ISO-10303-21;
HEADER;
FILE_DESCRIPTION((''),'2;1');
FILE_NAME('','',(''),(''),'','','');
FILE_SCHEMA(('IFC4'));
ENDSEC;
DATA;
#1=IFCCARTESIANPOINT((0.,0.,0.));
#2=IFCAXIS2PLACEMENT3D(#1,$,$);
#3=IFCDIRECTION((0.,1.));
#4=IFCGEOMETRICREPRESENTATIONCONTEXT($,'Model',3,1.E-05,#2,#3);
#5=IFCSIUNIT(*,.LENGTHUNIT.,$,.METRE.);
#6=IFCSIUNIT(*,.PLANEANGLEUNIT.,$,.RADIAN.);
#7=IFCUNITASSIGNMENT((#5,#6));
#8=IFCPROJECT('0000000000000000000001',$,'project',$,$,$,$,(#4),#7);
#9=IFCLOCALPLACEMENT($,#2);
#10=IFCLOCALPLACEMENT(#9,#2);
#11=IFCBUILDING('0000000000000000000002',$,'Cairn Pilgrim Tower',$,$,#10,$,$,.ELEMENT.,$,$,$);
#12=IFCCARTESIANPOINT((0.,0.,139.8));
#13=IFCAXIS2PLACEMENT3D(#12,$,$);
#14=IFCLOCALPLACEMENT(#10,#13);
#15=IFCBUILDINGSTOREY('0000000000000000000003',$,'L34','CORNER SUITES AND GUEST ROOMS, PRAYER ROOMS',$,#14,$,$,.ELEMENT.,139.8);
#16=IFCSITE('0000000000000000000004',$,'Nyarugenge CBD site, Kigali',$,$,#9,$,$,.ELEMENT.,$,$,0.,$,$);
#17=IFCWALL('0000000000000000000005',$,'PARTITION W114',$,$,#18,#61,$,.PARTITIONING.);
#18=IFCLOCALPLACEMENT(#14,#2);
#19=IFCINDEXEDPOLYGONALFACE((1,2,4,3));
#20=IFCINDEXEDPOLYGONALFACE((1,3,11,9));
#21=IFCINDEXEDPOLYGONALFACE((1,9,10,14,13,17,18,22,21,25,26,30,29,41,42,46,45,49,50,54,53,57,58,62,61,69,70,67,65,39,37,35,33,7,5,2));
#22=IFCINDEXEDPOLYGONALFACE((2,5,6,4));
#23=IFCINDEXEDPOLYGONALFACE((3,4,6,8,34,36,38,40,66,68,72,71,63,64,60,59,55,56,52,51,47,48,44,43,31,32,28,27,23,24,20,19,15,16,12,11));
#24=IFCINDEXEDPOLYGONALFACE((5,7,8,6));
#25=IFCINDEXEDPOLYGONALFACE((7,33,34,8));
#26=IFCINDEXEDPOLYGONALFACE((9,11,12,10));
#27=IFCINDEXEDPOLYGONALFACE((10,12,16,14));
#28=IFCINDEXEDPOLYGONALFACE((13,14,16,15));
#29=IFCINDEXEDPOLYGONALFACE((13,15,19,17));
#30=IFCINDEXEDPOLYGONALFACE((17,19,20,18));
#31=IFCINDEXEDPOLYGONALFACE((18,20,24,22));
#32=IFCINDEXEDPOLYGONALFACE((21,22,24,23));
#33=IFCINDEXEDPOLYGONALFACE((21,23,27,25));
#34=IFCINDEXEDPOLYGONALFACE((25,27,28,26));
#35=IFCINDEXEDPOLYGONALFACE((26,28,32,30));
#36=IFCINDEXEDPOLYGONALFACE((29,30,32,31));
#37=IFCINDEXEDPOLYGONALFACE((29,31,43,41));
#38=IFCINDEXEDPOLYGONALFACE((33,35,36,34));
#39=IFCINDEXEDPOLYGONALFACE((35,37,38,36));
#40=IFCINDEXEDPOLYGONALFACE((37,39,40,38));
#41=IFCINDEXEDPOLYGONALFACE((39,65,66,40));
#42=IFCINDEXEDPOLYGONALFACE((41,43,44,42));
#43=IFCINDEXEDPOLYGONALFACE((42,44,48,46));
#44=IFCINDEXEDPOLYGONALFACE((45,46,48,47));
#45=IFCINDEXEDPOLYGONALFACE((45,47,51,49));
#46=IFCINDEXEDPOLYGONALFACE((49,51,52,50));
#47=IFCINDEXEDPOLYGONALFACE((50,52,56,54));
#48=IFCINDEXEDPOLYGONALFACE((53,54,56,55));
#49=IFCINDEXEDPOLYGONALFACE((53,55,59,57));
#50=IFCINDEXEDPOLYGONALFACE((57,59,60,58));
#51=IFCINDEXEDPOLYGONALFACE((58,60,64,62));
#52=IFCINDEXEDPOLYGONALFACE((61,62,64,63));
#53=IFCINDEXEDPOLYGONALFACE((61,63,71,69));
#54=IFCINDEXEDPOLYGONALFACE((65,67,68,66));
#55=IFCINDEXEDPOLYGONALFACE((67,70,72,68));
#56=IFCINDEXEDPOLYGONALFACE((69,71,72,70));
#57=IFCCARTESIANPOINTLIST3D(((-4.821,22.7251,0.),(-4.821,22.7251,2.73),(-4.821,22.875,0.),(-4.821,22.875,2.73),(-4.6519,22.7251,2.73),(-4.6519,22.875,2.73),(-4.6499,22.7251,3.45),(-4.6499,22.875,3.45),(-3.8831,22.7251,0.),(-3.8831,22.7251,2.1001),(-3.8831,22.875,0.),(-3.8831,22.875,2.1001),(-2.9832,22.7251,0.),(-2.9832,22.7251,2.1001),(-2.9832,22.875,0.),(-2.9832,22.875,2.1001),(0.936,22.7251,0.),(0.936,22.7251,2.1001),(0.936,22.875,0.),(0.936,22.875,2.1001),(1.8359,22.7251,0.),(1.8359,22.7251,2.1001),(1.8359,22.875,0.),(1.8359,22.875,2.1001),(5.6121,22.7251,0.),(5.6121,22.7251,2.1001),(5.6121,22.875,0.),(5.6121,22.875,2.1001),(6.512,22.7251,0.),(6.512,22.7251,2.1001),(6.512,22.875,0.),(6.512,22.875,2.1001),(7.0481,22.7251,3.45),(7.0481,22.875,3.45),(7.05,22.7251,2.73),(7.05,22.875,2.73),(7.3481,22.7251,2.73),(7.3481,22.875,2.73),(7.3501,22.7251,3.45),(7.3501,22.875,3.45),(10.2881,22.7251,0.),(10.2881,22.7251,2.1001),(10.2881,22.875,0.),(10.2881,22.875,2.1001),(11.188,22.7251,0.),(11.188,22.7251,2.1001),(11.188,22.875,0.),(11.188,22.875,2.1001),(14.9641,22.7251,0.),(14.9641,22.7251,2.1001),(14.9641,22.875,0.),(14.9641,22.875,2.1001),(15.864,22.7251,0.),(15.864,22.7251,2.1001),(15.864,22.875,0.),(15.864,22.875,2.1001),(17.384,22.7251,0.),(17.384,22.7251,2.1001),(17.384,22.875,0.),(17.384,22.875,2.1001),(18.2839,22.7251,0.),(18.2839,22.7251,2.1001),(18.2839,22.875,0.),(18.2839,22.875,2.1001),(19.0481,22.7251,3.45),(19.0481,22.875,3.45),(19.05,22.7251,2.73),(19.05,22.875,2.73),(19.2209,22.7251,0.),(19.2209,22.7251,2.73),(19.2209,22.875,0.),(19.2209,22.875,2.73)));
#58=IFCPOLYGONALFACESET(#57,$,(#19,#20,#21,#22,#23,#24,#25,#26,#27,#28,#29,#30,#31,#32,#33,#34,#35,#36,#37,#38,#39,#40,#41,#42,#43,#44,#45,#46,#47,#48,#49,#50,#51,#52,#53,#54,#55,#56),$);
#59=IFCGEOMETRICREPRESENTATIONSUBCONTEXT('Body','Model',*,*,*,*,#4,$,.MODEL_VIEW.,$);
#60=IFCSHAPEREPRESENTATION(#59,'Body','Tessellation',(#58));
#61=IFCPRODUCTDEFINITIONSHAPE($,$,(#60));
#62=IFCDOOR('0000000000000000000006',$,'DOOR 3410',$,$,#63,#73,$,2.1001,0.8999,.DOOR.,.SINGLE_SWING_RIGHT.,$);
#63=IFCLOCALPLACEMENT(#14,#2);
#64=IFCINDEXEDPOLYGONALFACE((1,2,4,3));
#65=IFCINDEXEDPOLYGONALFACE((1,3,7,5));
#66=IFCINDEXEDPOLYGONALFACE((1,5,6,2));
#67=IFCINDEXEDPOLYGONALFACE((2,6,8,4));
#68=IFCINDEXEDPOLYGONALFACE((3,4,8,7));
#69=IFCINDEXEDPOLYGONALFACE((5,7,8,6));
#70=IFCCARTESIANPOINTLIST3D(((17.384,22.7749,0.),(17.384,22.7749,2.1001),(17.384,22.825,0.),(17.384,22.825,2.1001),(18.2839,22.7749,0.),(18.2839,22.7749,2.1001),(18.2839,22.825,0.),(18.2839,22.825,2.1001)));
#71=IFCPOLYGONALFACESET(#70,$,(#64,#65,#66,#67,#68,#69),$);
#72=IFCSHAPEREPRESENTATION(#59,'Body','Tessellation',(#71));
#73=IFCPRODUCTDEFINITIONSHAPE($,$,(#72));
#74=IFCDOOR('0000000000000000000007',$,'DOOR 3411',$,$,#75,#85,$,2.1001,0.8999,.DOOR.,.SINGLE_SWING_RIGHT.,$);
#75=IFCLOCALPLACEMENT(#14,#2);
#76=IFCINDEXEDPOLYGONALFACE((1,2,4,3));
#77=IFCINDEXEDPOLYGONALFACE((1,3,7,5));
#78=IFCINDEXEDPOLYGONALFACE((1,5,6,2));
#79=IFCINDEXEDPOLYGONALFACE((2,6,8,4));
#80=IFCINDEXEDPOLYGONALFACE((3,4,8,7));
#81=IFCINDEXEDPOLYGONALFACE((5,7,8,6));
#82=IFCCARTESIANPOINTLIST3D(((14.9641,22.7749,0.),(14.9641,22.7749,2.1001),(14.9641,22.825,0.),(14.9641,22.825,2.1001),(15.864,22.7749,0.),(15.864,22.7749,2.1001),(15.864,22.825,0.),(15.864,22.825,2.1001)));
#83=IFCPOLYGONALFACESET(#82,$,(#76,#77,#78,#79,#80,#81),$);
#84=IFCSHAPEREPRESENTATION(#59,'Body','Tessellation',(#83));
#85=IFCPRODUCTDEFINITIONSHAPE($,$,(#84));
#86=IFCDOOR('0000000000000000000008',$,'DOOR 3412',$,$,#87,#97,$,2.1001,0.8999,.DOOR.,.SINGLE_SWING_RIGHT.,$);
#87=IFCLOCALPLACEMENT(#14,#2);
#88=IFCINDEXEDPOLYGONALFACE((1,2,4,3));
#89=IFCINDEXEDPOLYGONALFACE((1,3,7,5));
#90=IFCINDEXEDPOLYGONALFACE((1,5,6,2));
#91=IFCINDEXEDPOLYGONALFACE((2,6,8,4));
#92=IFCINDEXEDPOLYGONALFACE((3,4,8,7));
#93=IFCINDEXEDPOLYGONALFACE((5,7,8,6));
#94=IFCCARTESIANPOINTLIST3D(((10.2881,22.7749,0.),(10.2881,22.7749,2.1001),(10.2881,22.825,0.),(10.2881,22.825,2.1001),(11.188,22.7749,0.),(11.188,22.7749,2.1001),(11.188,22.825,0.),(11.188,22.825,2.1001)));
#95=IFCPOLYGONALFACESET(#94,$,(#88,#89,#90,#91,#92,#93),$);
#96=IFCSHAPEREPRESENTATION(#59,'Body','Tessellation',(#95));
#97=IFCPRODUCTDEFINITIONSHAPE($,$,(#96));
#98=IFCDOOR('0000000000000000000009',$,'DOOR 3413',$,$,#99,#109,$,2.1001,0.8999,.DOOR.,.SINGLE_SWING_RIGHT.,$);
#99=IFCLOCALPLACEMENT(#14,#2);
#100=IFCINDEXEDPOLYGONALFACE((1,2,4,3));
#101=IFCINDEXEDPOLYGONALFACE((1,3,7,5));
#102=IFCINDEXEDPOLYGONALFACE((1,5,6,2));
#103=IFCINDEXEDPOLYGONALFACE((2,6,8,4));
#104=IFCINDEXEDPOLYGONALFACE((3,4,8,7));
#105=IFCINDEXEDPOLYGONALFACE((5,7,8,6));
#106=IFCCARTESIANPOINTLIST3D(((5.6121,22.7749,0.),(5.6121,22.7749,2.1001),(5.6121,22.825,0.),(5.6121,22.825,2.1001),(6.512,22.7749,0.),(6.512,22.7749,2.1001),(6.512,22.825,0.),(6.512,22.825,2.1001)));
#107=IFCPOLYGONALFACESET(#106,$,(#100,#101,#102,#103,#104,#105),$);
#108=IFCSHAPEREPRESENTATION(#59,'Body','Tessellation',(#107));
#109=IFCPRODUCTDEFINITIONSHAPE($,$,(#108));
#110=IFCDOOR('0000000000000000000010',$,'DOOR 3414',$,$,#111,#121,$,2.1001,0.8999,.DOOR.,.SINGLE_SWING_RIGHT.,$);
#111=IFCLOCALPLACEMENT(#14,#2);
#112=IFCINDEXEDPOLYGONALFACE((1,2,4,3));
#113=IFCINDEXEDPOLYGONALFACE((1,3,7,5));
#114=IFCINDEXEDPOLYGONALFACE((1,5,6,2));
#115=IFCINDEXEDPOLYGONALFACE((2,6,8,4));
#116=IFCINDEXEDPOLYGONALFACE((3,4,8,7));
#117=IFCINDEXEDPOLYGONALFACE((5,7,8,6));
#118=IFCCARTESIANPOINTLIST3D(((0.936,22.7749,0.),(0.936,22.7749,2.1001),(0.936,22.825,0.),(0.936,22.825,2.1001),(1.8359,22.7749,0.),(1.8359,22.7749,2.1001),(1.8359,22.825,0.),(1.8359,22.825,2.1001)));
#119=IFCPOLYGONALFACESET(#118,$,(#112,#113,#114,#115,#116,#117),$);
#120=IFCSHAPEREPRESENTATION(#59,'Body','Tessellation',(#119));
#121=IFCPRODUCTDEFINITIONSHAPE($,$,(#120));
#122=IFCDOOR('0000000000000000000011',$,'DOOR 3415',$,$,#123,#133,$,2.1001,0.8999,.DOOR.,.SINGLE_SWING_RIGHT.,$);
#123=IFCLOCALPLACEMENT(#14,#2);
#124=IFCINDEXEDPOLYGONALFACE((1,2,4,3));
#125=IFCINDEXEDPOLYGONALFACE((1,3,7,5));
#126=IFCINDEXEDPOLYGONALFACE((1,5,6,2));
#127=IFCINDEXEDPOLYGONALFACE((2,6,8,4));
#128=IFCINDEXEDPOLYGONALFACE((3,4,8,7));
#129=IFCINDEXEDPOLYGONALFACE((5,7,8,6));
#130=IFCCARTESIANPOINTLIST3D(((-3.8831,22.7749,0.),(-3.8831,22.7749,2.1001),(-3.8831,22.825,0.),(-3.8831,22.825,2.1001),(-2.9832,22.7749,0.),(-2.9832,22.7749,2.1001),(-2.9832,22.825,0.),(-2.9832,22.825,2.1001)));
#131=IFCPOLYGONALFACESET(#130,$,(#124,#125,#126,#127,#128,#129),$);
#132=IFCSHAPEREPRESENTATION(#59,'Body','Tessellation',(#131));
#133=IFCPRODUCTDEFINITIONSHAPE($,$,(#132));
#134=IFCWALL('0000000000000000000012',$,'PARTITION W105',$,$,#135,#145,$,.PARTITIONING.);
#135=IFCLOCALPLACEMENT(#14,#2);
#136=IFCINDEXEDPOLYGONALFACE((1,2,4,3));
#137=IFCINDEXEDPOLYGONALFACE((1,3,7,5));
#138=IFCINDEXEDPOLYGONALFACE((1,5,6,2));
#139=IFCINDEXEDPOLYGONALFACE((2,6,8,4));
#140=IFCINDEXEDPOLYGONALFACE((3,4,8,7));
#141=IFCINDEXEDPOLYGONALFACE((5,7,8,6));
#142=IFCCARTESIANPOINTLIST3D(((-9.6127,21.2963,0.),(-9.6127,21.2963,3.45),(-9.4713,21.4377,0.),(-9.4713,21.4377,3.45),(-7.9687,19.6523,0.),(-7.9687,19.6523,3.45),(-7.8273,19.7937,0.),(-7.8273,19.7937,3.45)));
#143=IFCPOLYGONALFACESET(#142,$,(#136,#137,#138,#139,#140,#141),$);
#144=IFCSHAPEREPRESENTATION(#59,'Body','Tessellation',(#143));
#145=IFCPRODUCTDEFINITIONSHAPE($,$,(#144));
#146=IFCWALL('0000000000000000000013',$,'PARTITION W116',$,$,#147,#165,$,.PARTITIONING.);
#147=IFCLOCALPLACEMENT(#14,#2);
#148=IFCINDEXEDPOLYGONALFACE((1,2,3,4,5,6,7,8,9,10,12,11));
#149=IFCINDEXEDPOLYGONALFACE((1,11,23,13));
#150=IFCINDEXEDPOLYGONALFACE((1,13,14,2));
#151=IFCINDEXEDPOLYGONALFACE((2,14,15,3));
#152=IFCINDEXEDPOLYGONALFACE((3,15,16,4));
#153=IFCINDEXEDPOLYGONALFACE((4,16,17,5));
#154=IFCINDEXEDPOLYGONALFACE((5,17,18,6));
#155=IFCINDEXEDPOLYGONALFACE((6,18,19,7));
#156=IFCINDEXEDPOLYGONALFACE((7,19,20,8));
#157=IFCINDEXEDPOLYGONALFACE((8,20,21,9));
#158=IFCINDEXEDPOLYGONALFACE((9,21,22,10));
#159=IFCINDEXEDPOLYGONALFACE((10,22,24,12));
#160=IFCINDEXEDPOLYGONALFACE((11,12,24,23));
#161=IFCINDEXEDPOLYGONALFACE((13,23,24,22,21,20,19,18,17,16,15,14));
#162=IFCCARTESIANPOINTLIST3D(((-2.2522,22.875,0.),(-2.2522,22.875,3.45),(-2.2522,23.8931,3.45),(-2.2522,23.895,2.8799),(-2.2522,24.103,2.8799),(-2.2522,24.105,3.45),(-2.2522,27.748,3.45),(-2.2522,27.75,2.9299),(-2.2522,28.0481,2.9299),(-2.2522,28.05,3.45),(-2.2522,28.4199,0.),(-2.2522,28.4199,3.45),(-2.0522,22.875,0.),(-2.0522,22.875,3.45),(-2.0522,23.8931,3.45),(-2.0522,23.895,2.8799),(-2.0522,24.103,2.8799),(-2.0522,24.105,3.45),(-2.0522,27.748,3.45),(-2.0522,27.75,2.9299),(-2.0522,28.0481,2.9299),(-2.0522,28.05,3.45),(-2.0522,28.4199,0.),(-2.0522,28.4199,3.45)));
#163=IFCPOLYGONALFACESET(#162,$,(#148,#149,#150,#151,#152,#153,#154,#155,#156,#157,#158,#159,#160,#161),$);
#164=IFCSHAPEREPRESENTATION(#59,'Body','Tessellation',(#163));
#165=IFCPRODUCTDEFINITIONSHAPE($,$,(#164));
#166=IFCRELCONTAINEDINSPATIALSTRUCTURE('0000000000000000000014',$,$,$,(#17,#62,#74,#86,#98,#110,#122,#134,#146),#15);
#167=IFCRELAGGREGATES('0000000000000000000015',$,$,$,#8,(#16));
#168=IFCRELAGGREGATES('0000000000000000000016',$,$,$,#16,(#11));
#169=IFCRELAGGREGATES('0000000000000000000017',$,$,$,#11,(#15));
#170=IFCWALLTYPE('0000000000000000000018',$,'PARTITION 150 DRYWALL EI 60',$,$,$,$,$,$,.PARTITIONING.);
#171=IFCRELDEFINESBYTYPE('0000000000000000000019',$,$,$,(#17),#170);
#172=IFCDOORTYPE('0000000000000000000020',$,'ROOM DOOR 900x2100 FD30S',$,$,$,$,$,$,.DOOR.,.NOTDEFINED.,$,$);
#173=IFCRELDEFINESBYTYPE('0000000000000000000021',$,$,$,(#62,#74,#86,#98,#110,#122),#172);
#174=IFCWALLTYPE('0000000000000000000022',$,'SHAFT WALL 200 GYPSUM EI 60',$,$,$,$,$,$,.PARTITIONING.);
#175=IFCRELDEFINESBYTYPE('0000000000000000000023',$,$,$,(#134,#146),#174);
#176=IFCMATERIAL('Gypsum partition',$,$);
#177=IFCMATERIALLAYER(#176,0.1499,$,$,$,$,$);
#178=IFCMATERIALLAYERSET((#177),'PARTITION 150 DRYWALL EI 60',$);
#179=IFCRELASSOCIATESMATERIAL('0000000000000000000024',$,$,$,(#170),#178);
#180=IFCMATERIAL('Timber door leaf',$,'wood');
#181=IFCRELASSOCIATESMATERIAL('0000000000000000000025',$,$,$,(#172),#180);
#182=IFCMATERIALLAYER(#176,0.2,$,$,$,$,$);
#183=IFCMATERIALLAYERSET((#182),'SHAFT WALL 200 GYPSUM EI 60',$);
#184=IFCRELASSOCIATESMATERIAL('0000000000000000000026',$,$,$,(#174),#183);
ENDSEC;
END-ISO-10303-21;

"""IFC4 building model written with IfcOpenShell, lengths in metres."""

from ifc_helpers import new_model, si_unit, direction, frame, frame_2d, origin, place, context, subcontext, project, spatial, polyline, rectangle, outline, extrude, material, layer, layer_set, type_object, element, fill, save


model = new_model("IFC4")

# Units and contexts
model_context = context("Model", 3, precision=1e-05, world=origin(), true_north=direction((0.0, 1.0)))
body_context = subcontext(model_context, "Body", "Model", "MODEL_VIEW")
ifc_project = project(units=[si_unit("LENGTHUNIT", "METRE"), si_unit("PLANEANGLEUNIT", "RADIAN")], contexts=[model_context])

# Site, building, storey
site_placement = place(None, origin())
site = spatial("IfcSite", under=ifc_project, at=site_placement, Name="Nyarugenge CBD site, Kigali", CompositionType="ELEMENT", RefElevation=0.0)
building_placement = place(site_placement, origin())
building = spatial("IfcBuilding", under=site, at=building_placement, Name="Cairn Pilgrim Tower", CompositionType="ELEMENT")
storey_placement = place(building_placement, frame((0.0, 0.0, 139.8)))
storey = spatial("IfcBuildingStorey", under=building, at=storey_placement, Name="L34", Description="CORNER SUITES AND GUEST ROOMS, PRAYER ROOMS", CompositionType="ELEMENT", Elevation=139.8)

# Shared definitions
ifc_material_1 = material(Name="Gypsum partition")
ifc_material_2 = material(Name="Timber door leaf", Category="wood")

# Shared definitions
ifc_layer_1 = layer(ifc_material_1, 0.1499)
ifc_layer_set_1 = layer_set([ifc_layer_1], Name="PARTITION 150 DRYWALL EI 60")
wall_type_1 = type_object("IfcWallType", Name="PARTITION 150 DRYWALL EI 60", PredefinedType="PARTITIONING", material=ifc_layer_set_1)

# Wall, openings, doors
wall_1_placement = place(storey_placement, frame((-4.821, 22.8, 0.0), z_axis=(0.0, 0.0, 1.0), x_axis=(1.0, 0.0, 0.0)))
wall_1 = element("IfcWall", 1, at=wall_1_placement, inside=storey, type_object=wall_type_1, Name="PARTITION W114", PredefinedType="PARTITIONING", context=body_context, shape_type="SweptSolid", body=[
    extrude(outline(polyline([(0.0, 0.0), (24.042, 0.0), (24.042, 2.73), (23.8711, 2.73), (23.8691, 3.45), (12.1711, 3.45), (12.1692, 2.73), (11.8711, 2.73), (11.8691, 3.45), (0.1711, 3.45), (0.1692, 2.73), (0.0, 2.73), (0.0, 0.0)])), frame((0.0, 0.075, 0.0), z_axis=(0.0, -1.0, 0.0), x_axis=(1.0, 0.0, 0.0)), (0.0, 0.0, 1.0), 0.1499),
])
opening_1_placement = place(wall_1_placement, frame((22.2051, 0.0, 0.0)))
opening_1 = element("IfcOpeningElement", 2, at=opening_1_placement, cuts=wall_1, PredefinedType="OPENING", context=body_context, shape_type="SweptSolid", body=[
    extrude(rectangle(XDim=0.8999, YDim=2.1001, at=frame_2d((0.45, 1.05))), frame((0.0, 0.085, 0.0), z_axis=(0.0, -1.0, 0.0), x_axis=(1.0, 0.0, 0.0)), (0.0, 0.0, 1.0), 0.1699),
])
opening_2_placement = place(wall_1_placement, frame((19.7852, 0.0, 0.0)))
opening_2 = element("IfcOpeningElement", 3, at=opening_2_placement, cuts=wall_1, PredefinedType="OPENING", context=body_context, shape_type="SweptSolid", body=[
    extrude(rectangle(XDim=0.8999, YDim=2.1001, at=frame_2d((0.45, 1.05))), frame((0.0, 0.085, 0.0), z_axis=(0.0, -1.0, 0.0), x_axis=(1.0, 0.0, 0.0)), (0.0, 0.0, 1.0), 0.1699),
])
opening_3_placement = place(wall_1_placement, frame((15.1091, 0.0, 0.0)))
opening_3 = element("IfcOpeningElement", 4, at=opening_3_placement, cuts=wall_1, PredefinedType="OPENING", context=body_context, shape_type="SweptSolid", body=[
    extrude(rectangle(XDim=0.8999, YDim=2.1001, at=frame_2d((0.45, 1.05))), frame((0.0, 0.085, 0.0), z_axis=(0.0, -1.0, 0.0), x_axis=(1.0, 0.0, 0.0)), (0.0, 0.0, 1.0), 0.1699),
])
opening_4_placement = place(wall_1_placement, frame((10.4331, 0.0, 0.0)))
opening_4 = element("IfcOpeningElement", 5, at=opening_4_placement, cuts=wall_1, PredefinedType="OPENING", context=body_context, shape_type="SweptSolid", body=[
    extrude(rectangle(XDim=0.8999, YDim=2.1001, at=frame_2d((0.45, 1.05))), frame((0.0, 0.085, 0.0), z_axis=(0.0, -1.0, 0.0), x_axis=(1.0, 0.0, 0.0)), (0.0, 0.0, 1.0), 0.1699),
])
opening_5_placement = place(wall_1_placement, frame((5.7571, 0.0, 0.0)))
opening_5 = element("IfcOpeningElement", 6, at=opening_5_placement, cuts=wall_1, PredefinedType="OPENING", context=body_context, shape_type="SweptSolid", body=[
    extrude(rectangle(XDim=0.8999, YDim=2.1001, at=frame_2d((0.45, 1.05))), frame((0.0, 0.085, 0.0), z_axis=(0.0, -1.0, 0.0), x_axis=(1.0, 0.0, 0.0)), (0.0, 0.0, 1.0), 0.1699),
])
opening_6_placement = place(wall_1_placement, frame((0.938, 0.0, 0.0)))
opening_6 = element("IfcOpeningElement", 7, at=opening_6_placement, cuts=wall_1, PredefinedType="OPENING", context=body_context, shape_type="SweptSolid", body=[
    extrude(rectangle(XDim=0.8999, YDim=2.1001, at=frame_2d((0.45, 1.05))), frame((0.0, 0.085, 0.0), z_axis=(0.0, -1.0, 0.0), x_axis=(1.0, 0.0, 0.0)), (0.0, 0.0, 1.0), 0.1699),
])
door_type_1 = type_object("IfcDoorType", Name="ROOM DOOR 900x2100 FD30S", OperationType="NOTDEFINED", PredefinedType="DOOR", material=ifc_material_2)
door_1_placement = place(opening_1_placement, origin())
door_1 = element("IfcDoor", 8, at=door_1_placement, inside=storey, type_object=door_type_1, Name="DOOR 3410", OperationType="SINGLE_SWING_RIGHT", OverallHeight=2.1001, OverallWidth=0.8999, PredefinedType="DOOR", context=body_context, shape_type="SweptSolid", body=[
    extrude(rectangle(XDim=0.8999, YDim=2.1001, at=frame_2d((0.45, 1.05))), frame((0.0, 0.0249, 0.0), z_axis=(0.0, -1.0, 0.0), x_axis=(1.0, 0.0, 0.0)), (0.0, 0.0, 1.0), 0.05),
])
fill(opening_1, door_1)
door_2_placement = place(opening_2_placement, origin())
door_2 = element("IfcDoor", 9, at=door_2_placement, inside=storey, type_object=door_type_1, Name="DOOR 3411", OperationType="SINGLE_SWING_RIGHT", OverallHeight=2.1001, OverallWidth=0.8999, PredefinedType="DOOR", context=body_context, shape_type="SweptSolid", body=[
    extrude(rectangle(XDim=0.8999, YDim=2.1001, at=frame_2d((0.45, 1.05))), frame((0.0, 0.0249, 0.0), z_axis=(0.0, -1.0, 0.0), x_axis=(1.0, 0.0, 0.0)), (0.0, 0.0, 1.0), 0.05),
])
fill(opening_2, door_2)
door_3_placement = place(opening_3_placement, origin())
door_3 = element("IfcDoor", 10, at=door_3_placement, inside=storey, type_object=door_type_1, Name="DOOR 3412", OperationType="SINGLE_SWING_RIGHT", OverallHeight=2.1001, OverallWidth=0.8999, PredefinedType="DOOR", context=body_context, shape_type="SweptSolid", body=[
    extrude(rectangle(XDim=0.8999, YDim=2.1001, at=frame_2d((0.45, 1.05))), frame((0.0, 0.0249, 0.0), z_axis=(0.0, -1.0, 0.0), x_axis=(1.0, 0.0, 0.0)), (0.0, 0.0, 1.0), 0.05),
])
fill(opening_3, door_3)
door_4_placement = place(opening_4_placement, origin())
door_4 = element("IfcDoor", 11, at=door_4_placement, inside=storey, type_object=door_type_1, Name="DOOR 3413", OperationType="SINGLE_SWING_RIGHT", OverallHeight=2.1001, OverallWidth=0.8999, PredefinedType="DOOR", context=body_context, shape_type="SweptSolid", body=[
    extrude(rectangle(XDim=0.8999, YDim=2.1001, at=frame_2d((0.45, 1.05))), frame((0.0, 0.0249, 0.0), z_axis=(0.0, -1.0, 0.0), x_axis=(1.0, 0.0, 0.0)), (0.0, 0.0, 1.0), 0.05),
])
fill(opening_4, door_4)
door_5_placement = place(opening_5_placement, origin())
door_5 = element("IfcDoor", 12, at=door_5_placement, inside=storey, type_object=door_type_1, Name="DOOR 3414", OperationType="SINGLE_SWING_RIGHT", OverallHeight=2.1001, OverallWidth=0.8999, PredefinedType="DOOR", context=body_context, shape_type="SweptSolid", body=[
    extrude(rectangle(XDim=0.8999, YDim=2.1001, at=frame_2d((0.45, 1.05))), frame((0.0, 0.0249, 0.0), z_axis=(0.0, -1.0, 0.0), x_axis=(1.0, 0.0, 0.0)), (0.0, 0.0, 1.0), 0.05),
])
fill(opening_5, door_5)
door_6_placement = place(opening_6_placement, origin())
door_6 = element("IfcDoor", 13, at=door_6_placement, inside=storey, type_object=door_type_1, Name="DOOR 3415", OperationType="SINGLE_SWING_RIGHT", OverallHeight=2.1001, OverallWidth=0.8999, PredefinedType="DOOR", context=body_context, shape_type="SweptSolid", body=[
    extrude(rectangle(XDim=0.8999, YDim=2.1001, at=frame_2d((0.45, 1.05))), frame((0.0, 0.0249, 0.0), z_axis=(0.0, -1.0, 0.0), x_axis=(1.0, 0.0, 0.0)), (0.0, 0.0, 1.0), 0.05),
])
fill(opening_6, door_6)

# Walls
ifc_layer_2 = layer(ifc_material_1, 0.2)
ifc_layer_set_2 = layer_set([ifc_layer_2], Name="SHAFT WALL 200 GYPSUM EI 60")
wall_type_2 = type_object("IfcWallType", Name="SHAFT WALL 200 GYPSUM EI 60", PredefinedType="PARTITIONING", material=ifc_layer_set_2)
wall_2_placement = place(storey_placement, frame((-7.8979, 19.7229, 0.0), z_axis=(0.0, 0.0, 1.0), x_axis=(-0.707107, 0.707107, 0.0)))
element("IfcWall", 14, at=wall_2_placement, inside=storey, type_object=wall_type_2, Name="PARTITION W105", PredefinedType="PARTITIONING", context=body_context, shape_type="SweptSolid", body=[
    extrude(rectangle(XDim=2.325, YDim=0.2, at=frame_2d((1.1626, 0.0))), origin(), (0.0, 0.0, 1.0), 3.45),
])
wall_3_placement = place(storey_placement, frame((-2.1521, 22.875, 0.0), z_axis=(0.0, 0.0, 1.0), x_axis=(0.0, 1.0, 0.0)))
element("IfcWall", 15, at=wall_3_placement, inside=storey, type_object=wall_type_2, Name="PARTITION W116", PredefinedType="PARTITIONING", context=body_context, shape_type="SweptSolid", body=[
    extrude(outline(polyline([(0.0, 0.0), (5.5449, 0.0), (5.5449, 3.45), (5.175, 3.45), (5.1731, 2.9299), (4.875, 2.9299), (4.873, 3.45), (1.23, 3.45), (1.228, 2.8799), (1.02, 2.8799), (1.0181, 3.45), (0.0, 3.45), (0.0, 0.0)])), frame((0.0, 0.1001, 0.0), z_axis=(0.0, -1.0, 0.0), x_axis=(1.0, 0.0, 0.0)), (0.0, 0.0, 1.0), 0.2),
])

save(model, "model.ifc")
